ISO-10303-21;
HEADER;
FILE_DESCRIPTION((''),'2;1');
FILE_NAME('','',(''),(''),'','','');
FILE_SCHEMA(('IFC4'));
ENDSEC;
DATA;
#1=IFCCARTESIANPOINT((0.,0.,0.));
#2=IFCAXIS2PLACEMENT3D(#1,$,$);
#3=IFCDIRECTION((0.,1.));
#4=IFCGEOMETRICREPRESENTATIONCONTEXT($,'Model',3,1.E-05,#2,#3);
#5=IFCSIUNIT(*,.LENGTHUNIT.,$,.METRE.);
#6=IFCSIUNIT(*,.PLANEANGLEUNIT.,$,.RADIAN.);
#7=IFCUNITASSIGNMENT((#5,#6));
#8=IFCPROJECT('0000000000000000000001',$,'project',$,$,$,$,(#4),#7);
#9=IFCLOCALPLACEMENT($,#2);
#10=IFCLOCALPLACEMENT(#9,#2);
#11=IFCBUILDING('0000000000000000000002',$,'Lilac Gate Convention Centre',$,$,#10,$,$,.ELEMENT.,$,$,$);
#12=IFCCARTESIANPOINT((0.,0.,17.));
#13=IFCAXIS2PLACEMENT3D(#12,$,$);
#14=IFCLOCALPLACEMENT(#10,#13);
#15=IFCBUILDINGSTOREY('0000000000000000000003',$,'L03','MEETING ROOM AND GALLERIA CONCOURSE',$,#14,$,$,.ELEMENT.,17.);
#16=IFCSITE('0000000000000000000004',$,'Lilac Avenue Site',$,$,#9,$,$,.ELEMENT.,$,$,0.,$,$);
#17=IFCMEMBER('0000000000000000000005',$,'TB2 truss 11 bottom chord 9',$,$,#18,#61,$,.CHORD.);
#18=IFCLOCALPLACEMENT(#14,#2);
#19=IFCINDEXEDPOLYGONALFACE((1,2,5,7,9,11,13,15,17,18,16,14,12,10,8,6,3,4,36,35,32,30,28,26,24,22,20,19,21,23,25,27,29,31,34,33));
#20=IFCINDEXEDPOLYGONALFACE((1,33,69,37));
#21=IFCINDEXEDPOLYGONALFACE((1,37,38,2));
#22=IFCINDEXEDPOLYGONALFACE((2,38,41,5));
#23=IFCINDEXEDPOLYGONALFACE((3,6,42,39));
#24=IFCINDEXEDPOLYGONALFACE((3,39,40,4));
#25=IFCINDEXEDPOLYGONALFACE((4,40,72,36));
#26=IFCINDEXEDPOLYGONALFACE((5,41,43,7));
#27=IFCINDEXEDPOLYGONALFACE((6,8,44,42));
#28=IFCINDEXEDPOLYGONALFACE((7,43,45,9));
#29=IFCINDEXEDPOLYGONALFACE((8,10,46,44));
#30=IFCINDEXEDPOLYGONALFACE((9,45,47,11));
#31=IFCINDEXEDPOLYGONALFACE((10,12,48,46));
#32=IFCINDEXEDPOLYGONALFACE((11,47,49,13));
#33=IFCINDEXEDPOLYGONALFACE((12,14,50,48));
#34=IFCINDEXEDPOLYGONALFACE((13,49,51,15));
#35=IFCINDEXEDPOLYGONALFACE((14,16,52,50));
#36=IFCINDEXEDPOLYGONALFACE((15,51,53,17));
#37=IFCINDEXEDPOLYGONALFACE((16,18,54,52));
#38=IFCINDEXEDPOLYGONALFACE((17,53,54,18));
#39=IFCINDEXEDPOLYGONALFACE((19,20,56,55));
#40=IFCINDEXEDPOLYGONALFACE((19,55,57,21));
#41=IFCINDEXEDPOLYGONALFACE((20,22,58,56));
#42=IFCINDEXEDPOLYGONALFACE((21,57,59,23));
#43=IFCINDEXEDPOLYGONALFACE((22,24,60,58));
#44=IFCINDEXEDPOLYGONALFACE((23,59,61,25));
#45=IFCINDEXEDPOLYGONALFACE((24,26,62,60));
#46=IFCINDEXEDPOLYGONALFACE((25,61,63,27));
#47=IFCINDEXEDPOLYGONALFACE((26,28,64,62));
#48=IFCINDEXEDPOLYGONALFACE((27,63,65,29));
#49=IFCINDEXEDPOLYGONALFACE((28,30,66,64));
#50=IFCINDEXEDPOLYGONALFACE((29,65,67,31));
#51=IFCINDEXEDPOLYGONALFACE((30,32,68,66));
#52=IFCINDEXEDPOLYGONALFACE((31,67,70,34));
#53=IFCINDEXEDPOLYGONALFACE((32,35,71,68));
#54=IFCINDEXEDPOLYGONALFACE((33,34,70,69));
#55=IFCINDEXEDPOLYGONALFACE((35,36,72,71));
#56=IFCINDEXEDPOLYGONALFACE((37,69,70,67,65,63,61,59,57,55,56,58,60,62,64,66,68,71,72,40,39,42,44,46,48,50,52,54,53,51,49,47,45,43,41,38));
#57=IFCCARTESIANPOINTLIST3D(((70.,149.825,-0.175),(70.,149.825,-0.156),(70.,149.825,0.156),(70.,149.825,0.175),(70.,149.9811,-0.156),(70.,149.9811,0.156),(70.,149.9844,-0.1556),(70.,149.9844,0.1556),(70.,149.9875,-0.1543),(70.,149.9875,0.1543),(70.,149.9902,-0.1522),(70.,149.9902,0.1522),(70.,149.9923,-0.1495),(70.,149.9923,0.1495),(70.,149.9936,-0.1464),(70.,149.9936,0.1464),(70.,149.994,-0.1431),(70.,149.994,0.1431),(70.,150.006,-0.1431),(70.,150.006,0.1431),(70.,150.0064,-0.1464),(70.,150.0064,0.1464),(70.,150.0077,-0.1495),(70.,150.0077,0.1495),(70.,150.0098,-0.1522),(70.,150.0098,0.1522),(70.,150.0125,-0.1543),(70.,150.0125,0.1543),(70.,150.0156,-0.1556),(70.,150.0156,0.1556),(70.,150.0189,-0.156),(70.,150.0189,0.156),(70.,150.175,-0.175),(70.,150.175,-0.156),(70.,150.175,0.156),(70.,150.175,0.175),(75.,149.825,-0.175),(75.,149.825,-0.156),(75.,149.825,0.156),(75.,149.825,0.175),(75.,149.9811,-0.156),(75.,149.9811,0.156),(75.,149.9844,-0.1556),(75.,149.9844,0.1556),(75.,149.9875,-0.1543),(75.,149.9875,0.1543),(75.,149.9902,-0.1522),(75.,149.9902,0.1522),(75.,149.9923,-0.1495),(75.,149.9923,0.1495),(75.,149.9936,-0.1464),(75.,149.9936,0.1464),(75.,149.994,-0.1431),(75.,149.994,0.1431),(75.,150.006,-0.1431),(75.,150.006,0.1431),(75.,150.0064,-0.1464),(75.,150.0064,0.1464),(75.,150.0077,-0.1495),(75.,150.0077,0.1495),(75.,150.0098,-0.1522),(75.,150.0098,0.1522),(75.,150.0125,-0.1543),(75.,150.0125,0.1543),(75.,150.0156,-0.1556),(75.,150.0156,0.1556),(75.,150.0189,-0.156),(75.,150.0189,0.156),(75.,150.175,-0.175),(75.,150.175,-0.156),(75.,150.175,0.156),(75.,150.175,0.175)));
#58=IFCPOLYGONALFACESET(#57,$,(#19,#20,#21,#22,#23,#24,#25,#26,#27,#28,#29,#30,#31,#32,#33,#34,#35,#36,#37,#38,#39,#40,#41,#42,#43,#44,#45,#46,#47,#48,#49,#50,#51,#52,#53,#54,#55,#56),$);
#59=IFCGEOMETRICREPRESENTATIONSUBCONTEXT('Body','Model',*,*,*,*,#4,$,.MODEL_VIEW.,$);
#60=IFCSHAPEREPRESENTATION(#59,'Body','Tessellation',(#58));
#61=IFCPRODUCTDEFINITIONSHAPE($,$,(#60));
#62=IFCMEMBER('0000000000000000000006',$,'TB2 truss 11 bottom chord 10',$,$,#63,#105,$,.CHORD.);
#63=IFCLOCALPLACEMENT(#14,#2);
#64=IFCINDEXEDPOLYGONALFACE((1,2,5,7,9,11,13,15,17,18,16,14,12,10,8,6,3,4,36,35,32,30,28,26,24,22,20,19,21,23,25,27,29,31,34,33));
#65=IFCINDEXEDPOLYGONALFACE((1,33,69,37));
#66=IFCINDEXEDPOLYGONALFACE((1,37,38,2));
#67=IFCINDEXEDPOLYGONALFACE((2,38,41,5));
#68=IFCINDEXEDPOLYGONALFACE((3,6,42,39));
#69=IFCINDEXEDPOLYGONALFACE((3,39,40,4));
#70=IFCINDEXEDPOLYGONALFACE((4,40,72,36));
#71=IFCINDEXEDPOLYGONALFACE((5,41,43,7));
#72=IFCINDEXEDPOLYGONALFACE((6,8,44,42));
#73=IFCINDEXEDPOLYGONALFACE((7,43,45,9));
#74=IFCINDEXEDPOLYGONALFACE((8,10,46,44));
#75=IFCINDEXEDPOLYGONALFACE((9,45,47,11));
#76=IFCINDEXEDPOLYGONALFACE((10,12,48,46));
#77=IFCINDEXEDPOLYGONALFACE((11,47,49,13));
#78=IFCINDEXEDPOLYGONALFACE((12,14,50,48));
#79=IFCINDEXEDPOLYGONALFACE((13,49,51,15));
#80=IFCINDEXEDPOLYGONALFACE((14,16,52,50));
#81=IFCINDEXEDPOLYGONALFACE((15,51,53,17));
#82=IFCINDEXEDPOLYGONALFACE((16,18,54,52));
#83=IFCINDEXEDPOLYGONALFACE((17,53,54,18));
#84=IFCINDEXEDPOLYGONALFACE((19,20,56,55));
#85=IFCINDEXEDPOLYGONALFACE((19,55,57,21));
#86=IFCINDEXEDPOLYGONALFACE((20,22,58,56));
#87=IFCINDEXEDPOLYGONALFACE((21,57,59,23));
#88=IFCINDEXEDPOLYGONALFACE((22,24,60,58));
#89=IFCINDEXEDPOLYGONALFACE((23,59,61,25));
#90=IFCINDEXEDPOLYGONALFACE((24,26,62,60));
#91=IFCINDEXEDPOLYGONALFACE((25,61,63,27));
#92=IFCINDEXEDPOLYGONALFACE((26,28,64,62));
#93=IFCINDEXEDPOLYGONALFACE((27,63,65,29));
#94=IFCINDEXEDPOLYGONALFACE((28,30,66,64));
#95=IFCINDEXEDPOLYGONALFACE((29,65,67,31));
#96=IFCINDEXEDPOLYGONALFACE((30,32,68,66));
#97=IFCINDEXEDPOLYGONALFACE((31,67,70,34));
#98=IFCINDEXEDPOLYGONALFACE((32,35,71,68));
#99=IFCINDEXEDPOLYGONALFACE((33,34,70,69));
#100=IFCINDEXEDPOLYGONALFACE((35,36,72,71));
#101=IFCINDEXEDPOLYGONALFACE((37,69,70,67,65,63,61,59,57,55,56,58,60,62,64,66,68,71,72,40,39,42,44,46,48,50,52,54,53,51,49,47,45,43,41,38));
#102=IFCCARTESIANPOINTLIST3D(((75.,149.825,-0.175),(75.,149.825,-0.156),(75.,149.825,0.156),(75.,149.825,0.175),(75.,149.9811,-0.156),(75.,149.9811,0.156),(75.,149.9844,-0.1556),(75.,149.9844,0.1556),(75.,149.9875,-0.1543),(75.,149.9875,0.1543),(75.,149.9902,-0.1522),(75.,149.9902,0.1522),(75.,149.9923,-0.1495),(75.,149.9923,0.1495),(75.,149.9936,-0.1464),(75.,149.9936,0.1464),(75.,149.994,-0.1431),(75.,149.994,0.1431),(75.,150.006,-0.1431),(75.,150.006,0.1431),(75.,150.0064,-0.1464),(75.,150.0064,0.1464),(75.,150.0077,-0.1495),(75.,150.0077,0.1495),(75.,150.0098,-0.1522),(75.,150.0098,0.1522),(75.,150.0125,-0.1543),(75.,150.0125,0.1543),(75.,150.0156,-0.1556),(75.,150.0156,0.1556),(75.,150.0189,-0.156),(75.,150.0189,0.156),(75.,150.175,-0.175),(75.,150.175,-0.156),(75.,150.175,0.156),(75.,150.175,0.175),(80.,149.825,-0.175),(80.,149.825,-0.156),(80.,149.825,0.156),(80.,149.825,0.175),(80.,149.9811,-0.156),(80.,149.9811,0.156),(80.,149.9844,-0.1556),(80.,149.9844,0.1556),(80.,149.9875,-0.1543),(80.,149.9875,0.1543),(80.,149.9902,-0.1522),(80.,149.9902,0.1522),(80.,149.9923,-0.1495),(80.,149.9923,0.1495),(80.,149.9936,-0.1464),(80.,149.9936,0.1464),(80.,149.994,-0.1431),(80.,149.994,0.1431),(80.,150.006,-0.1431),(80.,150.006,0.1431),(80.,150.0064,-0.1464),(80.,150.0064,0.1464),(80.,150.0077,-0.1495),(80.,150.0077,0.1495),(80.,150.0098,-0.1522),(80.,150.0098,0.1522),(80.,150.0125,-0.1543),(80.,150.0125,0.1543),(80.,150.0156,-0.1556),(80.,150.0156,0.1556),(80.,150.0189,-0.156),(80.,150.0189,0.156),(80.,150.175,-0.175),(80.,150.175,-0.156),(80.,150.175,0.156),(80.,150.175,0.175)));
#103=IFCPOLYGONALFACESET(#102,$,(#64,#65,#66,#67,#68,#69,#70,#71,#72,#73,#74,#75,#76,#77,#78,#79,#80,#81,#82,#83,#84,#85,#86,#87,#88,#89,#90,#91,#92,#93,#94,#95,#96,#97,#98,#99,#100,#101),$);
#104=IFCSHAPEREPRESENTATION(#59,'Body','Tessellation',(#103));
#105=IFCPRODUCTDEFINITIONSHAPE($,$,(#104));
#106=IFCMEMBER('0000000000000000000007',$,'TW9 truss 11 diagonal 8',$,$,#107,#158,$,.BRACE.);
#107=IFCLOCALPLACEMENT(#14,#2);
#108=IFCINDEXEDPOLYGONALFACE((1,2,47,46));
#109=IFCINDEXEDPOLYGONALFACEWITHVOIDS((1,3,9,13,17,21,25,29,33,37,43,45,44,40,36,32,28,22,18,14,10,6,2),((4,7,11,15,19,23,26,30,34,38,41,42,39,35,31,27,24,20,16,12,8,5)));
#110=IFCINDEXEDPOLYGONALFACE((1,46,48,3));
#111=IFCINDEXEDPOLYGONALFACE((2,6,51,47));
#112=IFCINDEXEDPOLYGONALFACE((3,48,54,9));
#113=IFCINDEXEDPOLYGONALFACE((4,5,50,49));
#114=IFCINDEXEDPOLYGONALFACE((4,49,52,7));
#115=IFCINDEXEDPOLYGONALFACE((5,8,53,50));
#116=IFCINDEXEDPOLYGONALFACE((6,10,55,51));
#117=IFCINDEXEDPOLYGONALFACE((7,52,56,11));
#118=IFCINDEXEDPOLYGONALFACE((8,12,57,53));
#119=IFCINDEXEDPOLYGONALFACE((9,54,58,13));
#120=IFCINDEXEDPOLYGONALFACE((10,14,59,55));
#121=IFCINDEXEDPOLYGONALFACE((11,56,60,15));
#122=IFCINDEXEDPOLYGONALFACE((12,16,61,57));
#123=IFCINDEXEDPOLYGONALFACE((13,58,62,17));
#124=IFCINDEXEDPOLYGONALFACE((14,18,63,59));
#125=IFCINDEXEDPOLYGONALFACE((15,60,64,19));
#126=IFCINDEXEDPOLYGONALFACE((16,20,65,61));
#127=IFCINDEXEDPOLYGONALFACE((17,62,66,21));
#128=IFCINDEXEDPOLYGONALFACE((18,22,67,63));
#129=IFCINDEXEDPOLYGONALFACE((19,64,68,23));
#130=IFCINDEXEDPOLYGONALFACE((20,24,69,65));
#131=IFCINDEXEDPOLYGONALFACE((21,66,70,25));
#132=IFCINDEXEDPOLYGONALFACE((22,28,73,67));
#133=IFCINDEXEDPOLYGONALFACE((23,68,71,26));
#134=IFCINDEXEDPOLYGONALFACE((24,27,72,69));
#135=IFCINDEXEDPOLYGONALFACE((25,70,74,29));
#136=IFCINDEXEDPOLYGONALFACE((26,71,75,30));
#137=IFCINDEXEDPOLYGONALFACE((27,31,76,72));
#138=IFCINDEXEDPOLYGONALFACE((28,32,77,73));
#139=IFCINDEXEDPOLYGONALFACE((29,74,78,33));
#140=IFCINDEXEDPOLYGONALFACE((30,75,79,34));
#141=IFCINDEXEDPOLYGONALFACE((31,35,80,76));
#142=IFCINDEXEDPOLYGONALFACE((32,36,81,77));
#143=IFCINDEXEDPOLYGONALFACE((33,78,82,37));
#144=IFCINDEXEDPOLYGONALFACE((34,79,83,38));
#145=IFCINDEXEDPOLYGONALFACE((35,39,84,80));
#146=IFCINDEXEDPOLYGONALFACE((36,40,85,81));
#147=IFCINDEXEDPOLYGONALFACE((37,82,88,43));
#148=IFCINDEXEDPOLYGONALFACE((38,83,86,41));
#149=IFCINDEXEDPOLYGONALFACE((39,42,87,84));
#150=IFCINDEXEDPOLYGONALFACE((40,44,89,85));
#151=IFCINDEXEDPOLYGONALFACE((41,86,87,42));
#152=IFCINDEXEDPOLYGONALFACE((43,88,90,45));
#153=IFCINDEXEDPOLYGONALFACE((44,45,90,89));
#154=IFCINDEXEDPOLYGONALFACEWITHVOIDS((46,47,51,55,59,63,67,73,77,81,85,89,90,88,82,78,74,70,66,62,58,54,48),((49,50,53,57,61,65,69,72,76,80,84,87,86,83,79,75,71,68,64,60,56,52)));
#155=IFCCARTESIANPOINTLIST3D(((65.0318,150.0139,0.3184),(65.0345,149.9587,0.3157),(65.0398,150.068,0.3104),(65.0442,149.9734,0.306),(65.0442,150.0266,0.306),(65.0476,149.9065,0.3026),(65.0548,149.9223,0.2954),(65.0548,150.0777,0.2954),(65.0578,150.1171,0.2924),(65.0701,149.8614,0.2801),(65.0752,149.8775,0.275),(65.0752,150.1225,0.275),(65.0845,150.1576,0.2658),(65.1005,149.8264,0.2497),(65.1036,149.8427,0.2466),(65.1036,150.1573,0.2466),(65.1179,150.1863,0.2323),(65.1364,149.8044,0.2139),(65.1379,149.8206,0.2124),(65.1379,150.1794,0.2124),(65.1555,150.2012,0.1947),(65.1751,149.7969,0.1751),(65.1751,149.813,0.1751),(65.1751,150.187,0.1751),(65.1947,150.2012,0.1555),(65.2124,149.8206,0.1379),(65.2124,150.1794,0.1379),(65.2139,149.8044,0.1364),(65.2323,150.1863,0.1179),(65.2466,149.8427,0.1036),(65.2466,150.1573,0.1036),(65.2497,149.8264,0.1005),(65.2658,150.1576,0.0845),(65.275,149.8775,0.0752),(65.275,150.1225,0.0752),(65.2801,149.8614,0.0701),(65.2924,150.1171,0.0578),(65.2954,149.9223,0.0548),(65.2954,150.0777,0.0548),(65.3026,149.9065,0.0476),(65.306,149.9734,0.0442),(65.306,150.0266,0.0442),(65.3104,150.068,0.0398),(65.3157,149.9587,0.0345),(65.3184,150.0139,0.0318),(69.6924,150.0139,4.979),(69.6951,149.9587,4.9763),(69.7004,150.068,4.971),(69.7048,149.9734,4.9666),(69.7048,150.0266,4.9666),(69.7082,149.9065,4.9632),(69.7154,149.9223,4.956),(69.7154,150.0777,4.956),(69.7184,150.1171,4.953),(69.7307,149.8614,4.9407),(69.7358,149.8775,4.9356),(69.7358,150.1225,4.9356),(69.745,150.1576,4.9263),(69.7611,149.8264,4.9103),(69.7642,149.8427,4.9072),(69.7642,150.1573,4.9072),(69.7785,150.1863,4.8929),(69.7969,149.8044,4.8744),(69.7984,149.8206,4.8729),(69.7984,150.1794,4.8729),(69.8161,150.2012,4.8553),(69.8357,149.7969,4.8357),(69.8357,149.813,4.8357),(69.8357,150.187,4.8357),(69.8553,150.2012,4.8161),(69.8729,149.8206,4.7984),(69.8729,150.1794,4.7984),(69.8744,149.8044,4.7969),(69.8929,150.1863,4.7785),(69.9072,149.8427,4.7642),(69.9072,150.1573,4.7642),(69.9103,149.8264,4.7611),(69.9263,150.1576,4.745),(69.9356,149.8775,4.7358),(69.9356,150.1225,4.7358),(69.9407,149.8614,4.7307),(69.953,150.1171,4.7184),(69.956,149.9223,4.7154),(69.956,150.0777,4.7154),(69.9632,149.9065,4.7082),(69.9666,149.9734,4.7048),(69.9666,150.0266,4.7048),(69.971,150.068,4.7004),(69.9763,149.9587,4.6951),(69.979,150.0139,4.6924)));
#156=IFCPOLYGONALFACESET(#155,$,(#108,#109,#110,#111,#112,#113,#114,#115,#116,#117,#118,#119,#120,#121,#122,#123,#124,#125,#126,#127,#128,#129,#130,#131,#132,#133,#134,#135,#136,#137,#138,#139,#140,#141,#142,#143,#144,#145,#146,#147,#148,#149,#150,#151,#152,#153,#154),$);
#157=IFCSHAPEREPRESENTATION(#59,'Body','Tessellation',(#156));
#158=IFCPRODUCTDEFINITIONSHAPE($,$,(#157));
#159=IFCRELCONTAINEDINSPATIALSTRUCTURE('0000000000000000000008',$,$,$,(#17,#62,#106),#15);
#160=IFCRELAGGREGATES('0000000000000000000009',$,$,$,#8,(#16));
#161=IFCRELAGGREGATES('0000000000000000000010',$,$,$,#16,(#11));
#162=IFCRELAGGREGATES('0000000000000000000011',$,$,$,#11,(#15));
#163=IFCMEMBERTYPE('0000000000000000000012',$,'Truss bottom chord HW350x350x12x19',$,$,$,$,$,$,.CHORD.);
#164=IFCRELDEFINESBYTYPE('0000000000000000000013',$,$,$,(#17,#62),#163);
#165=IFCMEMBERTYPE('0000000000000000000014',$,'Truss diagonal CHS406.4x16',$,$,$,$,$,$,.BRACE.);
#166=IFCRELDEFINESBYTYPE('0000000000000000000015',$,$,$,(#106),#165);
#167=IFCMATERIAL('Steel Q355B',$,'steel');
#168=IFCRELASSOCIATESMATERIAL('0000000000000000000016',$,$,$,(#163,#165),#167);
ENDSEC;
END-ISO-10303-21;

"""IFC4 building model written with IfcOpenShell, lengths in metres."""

from ifc_helpers import new_model, si_unit, direction, frame, origin, origin_2d, place, context, subcontext, project, spatial, hollow_circle, i_section, extrude, material, material_profile, profile_set, type_object, element, save


model = new_model("IFC4")

# Units and contexts
model_context = context("Model", 3, precision=1e-05, world=origin(), true_north=direction((0.0, 1.0)))
body_context = subcontext(model_context, "Body", "Model", "MODEL_VIEW")
ifc_project = project(units=[si_unit("LENGTHUNIT", "METRE"), si_unit("PLANEANGLEUNIT", "RADIAN")], contexts=[model_context])

# Site, building, storey
site_placement = place(None, origin())
site = spatial("IfcSite", under=ifc_project, at=site_placement, Name="Lilac Avenue Site", CompositionType="ELEMENT", RefElevation=0.0)
building_placement = place(site_placement, origin())
building = spatial("IfcBuilding", under=site, at=building_placement, Name="Lilac Gate Convention Centre", CompositionType="ELEMENT")
storey_placement = place(building_placement, frame((0.0, 0.0, 17.0)))
storey = spatial("IfcBuildingStorey", under=building, at=storey_placement, Name="L03", Description="MEETING ROOM AND GALLERIA CONCOURSE", CompositionType="ELEMENT", Elevation=17.0)

# Members
ifc_material = material(Name="Steel Q355B", Category="steel")
ifc_material_profile_1 = material_profile(ifc_material, i_section(OverallWidth=0.3501, OverallDepth=0.3501, WebThickness=0.012, FlangeThickness=0.019, FilletRadius=0.0129, at=origin_2d()), Name="HW350x350x12x19")
ifc_profile_set_1 = profile_set([ifc_material_profile_1], Name="Steel Q355B")
member_type_1 = type_object("IfcMemberType", Name="Truss bottom chord HW350x350x12x19", PredefinedType="CHORD", material=ifc_profile_set_1)
for number, where, z_axis, x_axis, name in (
    (1, (70.0, 150.0, 0.0), (1.0, 0.0, 0.0), (0.0, 1.0, 0.0), "TB2 truss 11 bottom chord 9"),
    (2, (75.0, 150.0, 0.0), (1.0, 0.0, 0.0), (0.0, 1.0, 0.0), "TB2 truss 11 bottom chord 10"),
):
    element("IfcMember", number, at=place(storey_placement, frame(where, z_axis=z_axis, x_axis=x_axis)), inside=storey, type_object=member_type_1, Name=name, PredefinedType="CHORD", context=body_context, shape_type="SweptSolid", body=[
        extrude(i_section(OverallWidth=0.3501, OverallDepth=0.3501, WebThickness=0.012, FlangeThickness=0.019, FilletRadius=0.0129, at=origin_2d()), origin(), (0.0, 0.0, 1.0), 5.0),
    ])
ifc_material_profile_2 = material_profile(ifc_material, hollow_circle(Radius=0.2031, WallThickness=0.0161, at=origin_2d()), Name="CHS406.4x16")
ifc_profile_set_2 = profile_set([ifc_material_profile_2], Name="Steel Q355B")
member_type_2 = type_object("IfcMemberType", Name="Truss diagonal CHS406.4x16", PredefinedType="BRACE", material=ifc_profile_set_2)
member_1_placement = place(storey_placement, frame((69.8357, 150.0, 4.8357), z_axis=(-0.707107, 0.0, -0.707107), x_axis=(0.0, -1.0, 0.0)))
element("IfcMember", 3, at=member_1_placement, inside=storey, type_object=member_type_2, Name="TW9 truss 11 diagonal 8", PredefinedType="BRACE", context=body_context, shape_type="SweptSolid", body=[
    extrude(hollow_circle(Radius=0.2031, WallThickness=0.0161, at=origin_2d()), origin(), (0.0, 0.0, 1.0), 6.5911),
])

save(model, "model.ifc")
